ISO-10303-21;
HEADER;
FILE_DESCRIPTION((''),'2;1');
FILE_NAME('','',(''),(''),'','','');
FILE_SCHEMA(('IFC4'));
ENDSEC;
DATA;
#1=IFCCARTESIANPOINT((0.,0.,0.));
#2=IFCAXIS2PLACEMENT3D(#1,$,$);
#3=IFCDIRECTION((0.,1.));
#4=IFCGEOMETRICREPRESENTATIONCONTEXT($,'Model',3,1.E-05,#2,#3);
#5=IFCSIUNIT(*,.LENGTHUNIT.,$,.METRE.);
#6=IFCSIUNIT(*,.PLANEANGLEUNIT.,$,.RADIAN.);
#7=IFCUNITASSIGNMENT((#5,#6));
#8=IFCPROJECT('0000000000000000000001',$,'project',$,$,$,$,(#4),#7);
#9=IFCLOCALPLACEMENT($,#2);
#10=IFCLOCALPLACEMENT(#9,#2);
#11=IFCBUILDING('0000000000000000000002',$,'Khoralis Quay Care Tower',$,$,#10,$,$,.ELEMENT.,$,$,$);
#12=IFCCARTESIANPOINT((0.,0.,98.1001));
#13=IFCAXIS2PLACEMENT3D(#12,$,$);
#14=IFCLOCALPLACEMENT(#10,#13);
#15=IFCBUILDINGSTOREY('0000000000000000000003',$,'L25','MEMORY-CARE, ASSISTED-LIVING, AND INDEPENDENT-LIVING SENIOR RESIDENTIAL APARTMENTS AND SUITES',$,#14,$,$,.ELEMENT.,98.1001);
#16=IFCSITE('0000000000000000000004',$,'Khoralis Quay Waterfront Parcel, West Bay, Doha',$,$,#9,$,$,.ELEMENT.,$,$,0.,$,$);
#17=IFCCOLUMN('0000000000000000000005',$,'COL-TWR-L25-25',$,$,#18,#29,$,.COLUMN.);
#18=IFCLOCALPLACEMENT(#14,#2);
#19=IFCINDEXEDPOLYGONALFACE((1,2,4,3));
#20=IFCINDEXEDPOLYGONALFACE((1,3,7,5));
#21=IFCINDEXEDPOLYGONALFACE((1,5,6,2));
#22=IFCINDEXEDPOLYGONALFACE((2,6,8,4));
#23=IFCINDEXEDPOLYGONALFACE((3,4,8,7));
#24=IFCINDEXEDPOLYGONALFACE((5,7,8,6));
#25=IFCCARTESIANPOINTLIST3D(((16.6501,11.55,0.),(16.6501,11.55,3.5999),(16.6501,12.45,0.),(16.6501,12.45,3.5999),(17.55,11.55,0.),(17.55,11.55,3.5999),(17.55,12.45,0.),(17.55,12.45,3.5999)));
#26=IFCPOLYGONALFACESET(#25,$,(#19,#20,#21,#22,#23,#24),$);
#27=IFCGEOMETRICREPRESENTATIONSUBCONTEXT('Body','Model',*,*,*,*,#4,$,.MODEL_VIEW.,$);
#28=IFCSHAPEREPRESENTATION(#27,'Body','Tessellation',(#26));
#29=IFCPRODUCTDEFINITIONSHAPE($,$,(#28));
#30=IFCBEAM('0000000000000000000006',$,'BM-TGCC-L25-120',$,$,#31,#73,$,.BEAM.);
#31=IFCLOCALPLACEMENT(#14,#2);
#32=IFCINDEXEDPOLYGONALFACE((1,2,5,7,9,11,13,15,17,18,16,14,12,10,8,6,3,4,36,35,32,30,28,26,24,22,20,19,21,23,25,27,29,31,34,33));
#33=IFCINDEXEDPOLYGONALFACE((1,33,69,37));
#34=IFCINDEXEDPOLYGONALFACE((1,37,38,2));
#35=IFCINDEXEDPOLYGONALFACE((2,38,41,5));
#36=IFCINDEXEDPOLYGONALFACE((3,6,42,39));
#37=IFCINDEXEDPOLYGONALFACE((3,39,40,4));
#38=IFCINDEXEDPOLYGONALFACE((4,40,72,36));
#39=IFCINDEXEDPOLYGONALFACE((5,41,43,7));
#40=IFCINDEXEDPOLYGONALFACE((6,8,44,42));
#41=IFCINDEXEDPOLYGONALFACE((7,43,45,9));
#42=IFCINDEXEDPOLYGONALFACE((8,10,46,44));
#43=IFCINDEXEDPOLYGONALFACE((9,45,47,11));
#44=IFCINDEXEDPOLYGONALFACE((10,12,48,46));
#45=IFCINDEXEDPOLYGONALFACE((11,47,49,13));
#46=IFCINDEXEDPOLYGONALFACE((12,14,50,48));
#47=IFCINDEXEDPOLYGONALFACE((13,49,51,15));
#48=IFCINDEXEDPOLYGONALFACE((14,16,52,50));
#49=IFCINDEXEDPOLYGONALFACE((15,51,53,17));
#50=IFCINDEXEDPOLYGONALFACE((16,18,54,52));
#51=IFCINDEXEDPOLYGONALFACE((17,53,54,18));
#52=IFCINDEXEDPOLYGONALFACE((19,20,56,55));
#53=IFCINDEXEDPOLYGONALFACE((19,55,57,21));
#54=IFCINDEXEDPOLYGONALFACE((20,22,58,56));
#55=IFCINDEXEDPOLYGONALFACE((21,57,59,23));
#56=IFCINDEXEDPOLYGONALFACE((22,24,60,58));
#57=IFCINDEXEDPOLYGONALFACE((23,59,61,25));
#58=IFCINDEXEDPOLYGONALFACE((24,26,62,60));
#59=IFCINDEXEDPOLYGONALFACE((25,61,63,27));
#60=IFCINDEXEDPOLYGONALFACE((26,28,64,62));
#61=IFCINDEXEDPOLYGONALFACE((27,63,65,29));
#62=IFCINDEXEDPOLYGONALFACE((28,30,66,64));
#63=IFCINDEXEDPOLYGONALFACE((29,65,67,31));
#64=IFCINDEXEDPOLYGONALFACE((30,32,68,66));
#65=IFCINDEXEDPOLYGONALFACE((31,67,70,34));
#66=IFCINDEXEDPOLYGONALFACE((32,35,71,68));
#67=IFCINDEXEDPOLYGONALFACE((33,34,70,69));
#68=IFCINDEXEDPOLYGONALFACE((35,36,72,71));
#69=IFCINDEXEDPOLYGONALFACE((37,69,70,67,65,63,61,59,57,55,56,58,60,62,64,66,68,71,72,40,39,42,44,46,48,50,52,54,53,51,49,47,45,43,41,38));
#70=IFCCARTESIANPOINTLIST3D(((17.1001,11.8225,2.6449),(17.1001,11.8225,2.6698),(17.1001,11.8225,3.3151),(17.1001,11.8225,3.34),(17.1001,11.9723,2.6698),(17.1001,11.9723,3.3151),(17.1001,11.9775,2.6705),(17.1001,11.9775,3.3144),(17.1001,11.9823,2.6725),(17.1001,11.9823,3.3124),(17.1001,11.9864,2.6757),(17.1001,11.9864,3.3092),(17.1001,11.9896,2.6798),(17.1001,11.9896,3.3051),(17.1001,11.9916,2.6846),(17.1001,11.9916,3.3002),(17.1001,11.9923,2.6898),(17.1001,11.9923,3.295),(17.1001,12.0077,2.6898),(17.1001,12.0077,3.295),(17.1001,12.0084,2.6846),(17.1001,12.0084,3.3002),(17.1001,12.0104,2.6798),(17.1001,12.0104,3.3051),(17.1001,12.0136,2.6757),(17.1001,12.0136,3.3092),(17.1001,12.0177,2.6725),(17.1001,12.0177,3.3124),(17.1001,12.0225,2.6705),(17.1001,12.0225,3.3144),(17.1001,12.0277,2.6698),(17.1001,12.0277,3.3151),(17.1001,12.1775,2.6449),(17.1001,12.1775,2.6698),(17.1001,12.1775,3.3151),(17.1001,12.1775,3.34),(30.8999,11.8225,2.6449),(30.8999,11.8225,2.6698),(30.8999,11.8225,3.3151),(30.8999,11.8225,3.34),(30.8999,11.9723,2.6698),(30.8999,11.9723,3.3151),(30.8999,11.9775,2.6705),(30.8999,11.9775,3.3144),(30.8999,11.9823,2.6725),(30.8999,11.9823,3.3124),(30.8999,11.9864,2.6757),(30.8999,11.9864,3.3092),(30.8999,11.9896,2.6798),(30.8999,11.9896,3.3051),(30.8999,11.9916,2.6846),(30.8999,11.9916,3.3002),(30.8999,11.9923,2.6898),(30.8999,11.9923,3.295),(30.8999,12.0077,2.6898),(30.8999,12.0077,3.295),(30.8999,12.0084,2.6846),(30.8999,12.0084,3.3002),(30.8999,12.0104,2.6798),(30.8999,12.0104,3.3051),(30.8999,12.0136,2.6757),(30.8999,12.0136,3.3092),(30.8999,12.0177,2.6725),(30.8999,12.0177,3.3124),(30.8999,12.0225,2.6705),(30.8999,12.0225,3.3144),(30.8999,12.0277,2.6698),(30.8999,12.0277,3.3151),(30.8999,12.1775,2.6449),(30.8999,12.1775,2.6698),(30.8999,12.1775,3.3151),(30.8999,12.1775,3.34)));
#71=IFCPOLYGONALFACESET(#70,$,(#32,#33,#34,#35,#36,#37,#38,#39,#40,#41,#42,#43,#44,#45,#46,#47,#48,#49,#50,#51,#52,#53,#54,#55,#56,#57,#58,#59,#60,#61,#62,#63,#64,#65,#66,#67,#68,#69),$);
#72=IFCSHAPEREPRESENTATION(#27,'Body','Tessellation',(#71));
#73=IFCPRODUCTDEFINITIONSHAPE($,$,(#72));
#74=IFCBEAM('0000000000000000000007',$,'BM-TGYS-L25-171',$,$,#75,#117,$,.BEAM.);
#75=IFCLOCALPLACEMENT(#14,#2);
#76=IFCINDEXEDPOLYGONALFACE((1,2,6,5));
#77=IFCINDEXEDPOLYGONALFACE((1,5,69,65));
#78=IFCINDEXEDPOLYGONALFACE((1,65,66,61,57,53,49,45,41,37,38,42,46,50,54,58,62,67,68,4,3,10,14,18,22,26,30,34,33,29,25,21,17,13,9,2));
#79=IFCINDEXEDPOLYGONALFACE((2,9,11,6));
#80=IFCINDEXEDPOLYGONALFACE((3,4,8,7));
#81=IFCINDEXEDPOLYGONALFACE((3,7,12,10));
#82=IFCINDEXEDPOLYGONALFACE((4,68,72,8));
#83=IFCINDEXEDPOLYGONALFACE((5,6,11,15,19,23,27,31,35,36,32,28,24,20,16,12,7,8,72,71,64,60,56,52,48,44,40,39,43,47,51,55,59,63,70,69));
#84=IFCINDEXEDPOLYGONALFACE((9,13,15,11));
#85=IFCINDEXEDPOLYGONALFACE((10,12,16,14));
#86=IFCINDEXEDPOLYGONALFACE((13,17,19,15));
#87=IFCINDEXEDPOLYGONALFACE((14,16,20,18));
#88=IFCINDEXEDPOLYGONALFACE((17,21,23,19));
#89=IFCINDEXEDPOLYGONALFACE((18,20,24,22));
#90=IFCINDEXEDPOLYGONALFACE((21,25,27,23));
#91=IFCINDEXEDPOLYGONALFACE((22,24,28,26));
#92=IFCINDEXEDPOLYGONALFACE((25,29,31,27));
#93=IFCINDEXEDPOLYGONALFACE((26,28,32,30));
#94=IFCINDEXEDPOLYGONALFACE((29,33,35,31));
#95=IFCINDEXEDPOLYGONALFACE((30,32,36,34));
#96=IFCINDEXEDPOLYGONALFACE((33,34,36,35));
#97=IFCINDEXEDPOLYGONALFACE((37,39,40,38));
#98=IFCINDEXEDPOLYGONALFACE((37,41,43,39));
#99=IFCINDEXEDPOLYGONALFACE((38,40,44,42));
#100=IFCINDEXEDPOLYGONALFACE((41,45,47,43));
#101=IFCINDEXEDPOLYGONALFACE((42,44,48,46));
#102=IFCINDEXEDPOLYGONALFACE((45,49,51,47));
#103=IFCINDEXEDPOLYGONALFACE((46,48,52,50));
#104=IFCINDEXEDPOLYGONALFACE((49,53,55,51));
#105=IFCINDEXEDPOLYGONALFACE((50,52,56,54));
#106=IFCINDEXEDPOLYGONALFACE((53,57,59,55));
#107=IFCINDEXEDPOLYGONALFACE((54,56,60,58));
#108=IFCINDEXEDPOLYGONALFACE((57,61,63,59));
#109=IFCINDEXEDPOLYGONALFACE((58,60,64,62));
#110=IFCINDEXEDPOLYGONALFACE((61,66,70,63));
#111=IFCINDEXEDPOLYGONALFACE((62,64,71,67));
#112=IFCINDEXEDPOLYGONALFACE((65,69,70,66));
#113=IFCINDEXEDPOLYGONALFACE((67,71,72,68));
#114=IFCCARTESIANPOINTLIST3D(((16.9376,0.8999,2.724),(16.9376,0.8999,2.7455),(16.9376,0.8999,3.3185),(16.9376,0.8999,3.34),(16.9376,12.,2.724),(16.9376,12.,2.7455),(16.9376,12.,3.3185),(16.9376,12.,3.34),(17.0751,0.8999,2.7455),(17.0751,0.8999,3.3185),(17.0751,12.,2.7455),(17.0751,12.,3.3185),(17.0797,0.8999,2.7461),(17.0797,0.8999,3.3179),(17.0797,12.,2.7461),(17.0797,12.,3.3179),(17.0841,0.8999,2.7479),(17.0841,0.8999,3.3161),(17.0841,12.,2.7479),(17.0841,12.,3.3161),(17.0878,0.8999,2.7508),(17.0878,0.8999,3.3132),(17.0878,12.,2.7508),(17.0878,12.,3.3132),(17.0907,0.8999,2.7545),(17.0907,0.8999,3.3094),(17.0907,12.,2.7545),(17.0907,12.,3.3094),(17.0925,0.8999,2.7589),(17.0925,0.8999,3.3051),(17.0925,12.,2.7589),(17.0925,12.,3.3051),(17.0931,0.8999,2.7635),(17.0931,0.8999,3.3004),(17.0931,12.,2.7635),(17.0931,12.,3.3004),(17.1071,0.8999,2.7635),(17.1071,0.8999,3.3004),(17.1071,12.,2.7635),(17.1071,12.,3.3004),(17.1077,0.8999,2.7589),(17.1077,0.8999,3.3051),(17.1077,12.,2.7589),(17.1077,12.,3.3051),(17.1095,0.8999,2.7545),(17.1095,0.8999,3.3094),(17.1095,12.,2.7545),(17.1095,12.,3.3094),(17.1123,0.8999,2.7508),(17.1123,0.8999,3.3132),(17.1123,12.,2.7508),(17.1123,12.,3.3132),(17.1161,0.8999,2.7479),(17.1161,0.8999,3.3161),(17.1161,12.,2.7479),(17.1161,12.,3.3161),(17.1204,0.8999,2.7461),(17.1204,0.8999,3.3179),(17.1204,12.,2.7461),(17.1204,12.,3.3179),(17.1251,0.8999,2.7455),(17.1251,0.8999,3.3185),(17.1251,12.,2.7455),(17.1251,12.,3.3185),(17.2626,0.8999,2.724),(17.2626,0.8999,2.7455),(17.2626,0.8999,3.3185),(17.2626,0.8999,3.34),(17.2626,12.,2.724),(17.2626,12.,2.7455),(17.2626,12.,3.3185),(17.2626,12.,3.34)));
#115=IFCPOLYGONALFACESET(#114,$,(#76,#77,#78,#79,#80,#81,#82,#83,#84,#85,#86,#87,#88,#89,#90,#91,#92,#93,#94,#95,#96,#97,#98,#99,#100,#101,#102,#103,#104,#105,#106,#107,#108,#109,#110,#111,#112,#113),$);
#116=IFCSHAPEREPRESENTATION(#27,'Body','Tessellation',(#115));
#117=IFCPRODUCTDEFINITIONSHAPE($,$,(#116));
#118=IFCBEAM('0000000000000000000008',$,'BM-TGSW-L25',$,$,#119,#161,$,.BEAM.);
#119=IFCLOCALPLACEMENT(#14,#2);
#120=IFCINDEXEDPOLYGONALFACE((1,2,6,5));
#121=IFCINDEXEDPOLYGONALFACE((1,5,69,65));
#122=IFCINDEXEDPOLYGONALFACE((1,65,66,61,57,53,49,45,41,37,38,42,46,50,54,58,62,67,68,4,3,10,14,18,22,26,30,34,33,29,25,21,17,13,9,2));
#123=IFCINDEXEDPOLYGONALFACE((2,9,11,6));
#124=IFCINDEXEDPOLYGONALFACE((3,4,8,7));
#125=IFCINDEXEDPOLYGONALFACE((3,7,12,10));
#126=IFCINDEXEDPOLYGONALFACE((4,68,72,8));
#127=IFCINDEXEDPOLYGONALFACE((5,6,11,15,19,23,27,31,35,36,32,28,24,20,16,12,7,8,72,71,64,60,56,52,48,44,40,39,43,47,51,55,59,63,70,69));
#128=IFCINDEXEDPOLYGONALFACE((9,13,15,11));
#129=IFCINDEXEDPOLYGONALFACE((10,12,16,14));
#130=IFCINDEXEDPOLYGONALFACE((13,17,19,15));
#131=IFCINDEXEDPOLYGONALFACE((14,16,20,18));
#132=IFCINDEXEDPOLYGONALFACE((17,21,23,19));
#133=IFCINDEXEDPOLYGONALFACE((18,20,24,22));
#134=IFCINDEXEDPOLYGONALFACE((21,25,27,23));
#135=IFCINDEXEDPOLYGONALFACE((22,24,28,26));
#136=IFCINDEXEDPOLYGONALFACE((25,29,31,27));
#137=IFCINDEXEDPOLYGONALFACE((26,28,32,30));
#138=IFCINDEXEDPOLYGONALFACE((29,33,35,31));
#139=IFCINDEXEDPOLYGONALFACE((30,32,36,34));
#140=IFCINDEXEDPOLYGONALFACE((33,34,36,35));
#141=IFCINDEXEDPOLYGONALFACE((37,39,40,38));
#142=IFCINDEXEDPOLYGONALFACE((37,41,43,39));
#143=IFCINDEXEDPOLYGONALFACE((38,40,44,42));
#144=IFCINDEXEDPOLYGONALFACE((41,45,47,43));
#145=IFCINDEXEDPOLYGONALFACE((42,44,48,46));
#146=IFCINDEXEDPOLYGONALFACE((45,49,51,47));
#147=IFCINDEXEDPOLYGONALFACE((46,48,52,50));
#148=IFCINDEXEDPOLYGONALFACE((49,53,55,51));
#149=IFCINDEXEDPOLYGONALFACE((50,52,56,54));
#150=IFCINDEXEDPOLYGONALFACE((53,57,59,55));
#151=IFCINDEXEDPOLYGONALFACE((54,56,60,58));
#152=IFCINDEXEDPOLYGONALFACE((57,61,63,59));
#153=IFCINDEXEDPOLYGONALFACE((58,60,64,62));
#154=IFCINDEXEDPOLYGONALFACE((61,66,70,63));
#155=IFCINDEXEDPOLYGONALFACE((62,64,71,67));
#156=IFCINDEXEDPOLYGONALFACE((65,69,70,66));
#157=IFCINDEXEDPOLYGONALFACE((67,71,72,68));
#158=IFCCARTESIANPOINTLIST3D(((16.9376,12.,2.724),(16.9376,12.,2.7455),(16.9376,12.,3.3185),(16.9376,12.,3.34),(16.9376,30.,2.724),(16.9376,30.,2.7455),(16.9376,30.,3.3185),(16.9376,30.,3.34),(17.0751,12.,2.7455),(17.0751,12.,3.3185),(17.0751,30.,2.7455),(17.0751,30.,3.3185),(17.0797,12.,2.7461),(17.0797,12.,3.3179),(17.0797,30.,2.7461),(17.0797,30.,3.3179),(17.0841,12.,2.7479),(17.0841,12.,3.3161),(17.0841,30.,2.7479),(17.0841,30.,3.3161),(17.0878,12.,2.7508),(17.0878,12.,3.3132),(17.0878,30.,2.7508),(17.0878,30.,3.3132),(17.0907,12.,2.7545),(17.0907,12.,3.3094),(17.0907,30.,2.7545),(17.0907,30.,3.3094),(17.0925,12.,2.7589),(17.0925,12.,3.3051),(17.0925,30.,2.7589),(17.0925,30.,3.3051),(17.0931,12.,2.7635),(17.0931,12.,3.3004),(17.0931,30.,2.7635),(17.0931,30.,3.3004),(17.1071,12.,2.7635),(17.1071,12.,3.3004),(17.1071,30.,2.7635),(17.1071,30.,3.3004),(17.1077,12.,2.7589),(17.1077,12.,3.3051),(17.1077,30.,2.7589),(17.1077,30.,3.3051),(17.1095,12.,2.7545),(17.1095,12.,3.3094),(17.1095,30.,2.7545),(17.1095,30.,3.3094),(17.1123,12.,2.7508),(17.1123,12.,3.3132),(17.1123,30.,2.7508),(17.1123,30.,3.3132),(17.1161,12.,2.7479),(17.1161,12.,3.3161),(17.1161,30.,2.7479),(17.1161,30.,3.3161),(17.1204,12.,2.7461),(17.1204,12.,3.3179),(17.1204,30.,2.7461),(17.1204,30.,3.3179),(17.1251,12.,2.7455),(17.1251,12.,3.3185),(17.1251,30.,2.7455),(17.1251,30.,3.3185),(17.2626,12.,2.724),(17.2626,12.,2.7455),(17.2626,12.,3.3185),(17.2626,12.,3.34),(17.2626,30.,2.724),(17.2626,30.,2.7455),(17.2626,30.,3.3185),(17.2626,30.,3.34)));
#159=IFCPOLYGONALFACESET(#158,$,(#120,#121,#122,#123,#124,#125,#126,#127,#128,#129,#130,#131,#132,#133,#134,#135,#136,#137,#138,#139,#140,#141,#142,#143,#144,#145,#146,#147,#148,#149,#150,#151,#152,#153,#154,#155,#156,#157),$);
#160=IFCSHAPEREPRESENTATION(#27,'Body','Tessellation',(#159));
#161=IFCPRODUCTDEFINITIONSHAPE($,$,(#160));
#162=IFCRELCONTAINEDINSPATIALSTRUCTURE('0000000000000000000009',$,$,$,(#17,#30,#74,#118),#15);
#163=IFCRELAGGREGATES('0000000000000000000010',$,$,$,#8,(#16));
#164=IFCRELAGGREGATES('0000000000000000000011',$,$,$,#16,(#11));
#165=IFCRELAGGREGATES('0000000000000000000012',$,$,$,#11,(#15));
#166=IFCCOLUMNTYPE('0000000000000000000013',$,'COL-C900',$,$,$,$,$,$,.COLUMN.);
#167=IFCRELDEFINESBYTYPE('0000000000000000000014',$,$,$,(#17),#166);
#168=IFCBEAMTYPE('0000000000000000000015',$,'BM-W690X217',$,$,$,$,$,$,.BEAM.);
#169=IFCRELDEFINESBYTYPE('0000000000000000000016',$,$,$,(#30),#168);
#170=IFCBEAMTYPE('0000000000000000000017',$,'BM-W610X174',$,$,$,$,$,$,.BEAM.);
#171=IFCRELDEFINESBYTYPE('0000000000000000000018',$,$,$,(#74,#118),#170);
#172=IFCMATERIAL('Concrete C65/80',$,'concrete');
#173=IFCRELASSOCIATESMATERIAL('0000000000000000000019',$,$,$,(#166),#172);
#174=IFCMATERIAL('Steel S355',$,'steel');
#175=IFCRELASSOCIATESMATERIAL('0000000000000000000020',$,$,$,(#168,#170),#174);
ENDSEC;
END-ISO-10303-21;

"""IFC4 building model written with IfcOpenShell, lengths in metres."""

from ifc_helpers import new_model, si_unit, direction, frame, origin, origin_2d, place, context, subcontext, project, spatial, rectangle, i_section, extrude, source, transform, mapped, material, material_profile, profile_set, type_object, element, save


model = new_model("IFC4")

# Units and contexts
model_context = context("Model", 3, precision=1e-05, world=origin(), true_north=direction((0.0, 1.0)))
body_context = subcontext(model_context, "Body", "Model", "MODEL_VIEW")
ifc_project = project(units=[si_unit("LENGTHUNIT", "METRE"), si_unit("PLANEANGLEUNIT", "RADIAN")], contexts=[model_context])

# Site, building, storey
site_placement = place(None, origin())
site = spatial("IfcSite", under=ifc_project, at=site_placement, Name="Khoralis Quay Waterfront Parcel, West Bay, Doha", CompositionType="ELEMENT", RefElevation=0.0)
building_placement = place(site_placement, origin())
building = spatial("IfcBuilding", under=site, at=building_placement, Name="Khoralis Quay Care Tower", CompositionType="ELEMENT")
storey_placement = place(building_placement, frame((0.0, 0.0, 98.1001)))
storey = spatial("IfcBuildingStorey", under=building, at=storey_placement, Name="L25", Description="MEMORY-CARE, ASSISTED-LIVING, AND INDEPENDENT-LIVING SENIOR RESIDENTIAL APARTMENTS AND SUITES", CompositionType="ELEMENT", Elevation=98.1001)

# Column
ifc_material_1 = material(Name="Concrete C65/80", Category="concrete")
ifc_material_profile_1 = material_profile(ifc_material_1, rectangle(XDim=0.8999, YDim=0.8999, at=origin_2d()), Name="Concrete C65/80")
ifc_profile_set_1 = profile_set([ifc_material_profile_1], Name="Concrete C65/80")
column_type = type_object("IfcColumnType", Name="COL-C900", PredefinedType="COLUMN", material=ifc_profile_set_1)
shared_shape_1 = source(origin(), body_context, "Body", "SweptSolid", [
    extrude(rectangle(XDim=0.8999, YDim=0.8999, at=origin_2d()), origin(), (0.0, 0.0, 1.0), 3.5999),
])
column_placement = place(storey_placement, frame((17.1001, 12.0, 0.0), z_axis=(0.0, 0.0, 1.0), x_axis=(1.0, 0.0, 0.0)))
element("IfcColumn", 1, at=column_placement, inside=storey, type_object=column_type, Name="COL-TWR-L25-25", PredefinedType="COLUMN", context=body_context, shape_type="MappedRepresentation", body=[
    mapped(shared_shape_1, transform((0.0, 0.0, 0.0), scale=1.0)),
])

# Beams
ifc_material_2 = material(Name="Steel S355", Category="steel")
ifc_material_profile_2 = material_profile(ifc_material_2, i_section(OverallWidth=0.355, OverallDepth=0.6951, WebThickness=0.0154, FlangeThickness=0.0249, FilletRadius=0.02, at=origin_2d()), Name="Steel S355")
ifc_profile_set_2 = profile_set([ifc_material_profile_2], Name="Steel S355")
beam_type_1 = type_object("IfcBeamType", Name="BM-W690X217", PredefinedType="BEAM", material=ifc_profile_set_2)
shared_shape_2 = source(origin(), body_context, "Body", "SweptSolid", [
    extrude(i_section(OverallWidth=0.355, OverallDepth=0.6951, WebThickness=0.0154, FlangeThickness=0.0249, FilletRadius=0.02, at=origin_2d()), origin(), (0.0, 0.0, 1.0), 13.7998),
])
beam_1_placement = place(storey_placement, frame((17.1001, 12.0, 2.9924), z_axis=(1.0, 0.0, 0.0), x_axis=(0.0, 1.0, 0.0)))
element("IfcBeam", 2, at=beam_1_placement, inside=storey, type_object=beam_type_1, Name="BM-TGCC-L25-120", PredefinedType="BEAM", context=body_context, shape_type="MappedRepresentation", body=[
    mapped(shared_shape_2, transform((0.0, 0.0, 0.0), scale=1.0)),
])
ifc_material_profile_3 = material_profile(ifc_material_2, i_section(OverallWidth=0.325, OverallDepth=0.616, WebThickness=0.0139, FlangeThickness=0.0215, FilletRadius=0.0181, at=origin_2d()), Name="Steel S355")
ifc_profile_set_3 = profile_set([ifc_material_profile_3], Name="Steel S355")
beam_type_2 = type_object("IfcBeamType", Name="BM-W610X174", PredefinedType="BEAM", material=ifc_profile_set_3)
shared_shape_3 = source(origin(), body_context, "Body", "SweptSolid", [
    extrude(i_section(OverallWidth=0.325, OverallDepth=0.616, WebThickness=0.0139, FlangeThickness=0.0215, FilletRadius=0.0181, at=origin_2d()), origin(), (0.0, 0.0, 1.0), 11.1001),
])
beam_2_placement = place(storey_placement, frame((17.1001, 0.8999, 3.032), z_axis=(0.0, 1.0, 0.0), x_axis=(-1.0, 0.0, 0.0)))
element("IfcBeam", 3, at=beam_2_placement, inside=storey, type_object=beam_type_2, Name="BM-TGYS-L25-171", PredefinedType="BEAM", context=body_context, shape_type="MappedRepresentation", body=[
    mapped(shared_shape_3, transform((0.0, 0.0, 0.0), scale=1.0)),
])
shared_shape_4 = source(origin(), body_context, "Body", "SweptSolid", [
    extrude(i_section(OverallWidth=0.325, OverallDepth=0.616, WebThickness=0.0139, FlangeThickness=0.0215, FilletRadius=0.0181, at=origin_2d()), origin(), (0.0, 0.0, 1.0), 18.0),
])
beam_3_placement = place(storey_placement, frame((17.1001, 12.0, 3.032), z_axis=(0.0, 1.0, 0.0), x_axis=(-1.0, 0.0, 0.0)))
element("IfcBeam", 4, at=beam_3_placement, inside=storey, type_object=beam_type_2, Name="BM-TGSW-L25", PredefinedType="BEAM", context=body_context, shape_type="MappedRepresentation", body=[
    mapped(shared_shape_4, transform((0.0, 0.0, 0.0), scale=1.0)),
])

save(model, "model.ifc")
